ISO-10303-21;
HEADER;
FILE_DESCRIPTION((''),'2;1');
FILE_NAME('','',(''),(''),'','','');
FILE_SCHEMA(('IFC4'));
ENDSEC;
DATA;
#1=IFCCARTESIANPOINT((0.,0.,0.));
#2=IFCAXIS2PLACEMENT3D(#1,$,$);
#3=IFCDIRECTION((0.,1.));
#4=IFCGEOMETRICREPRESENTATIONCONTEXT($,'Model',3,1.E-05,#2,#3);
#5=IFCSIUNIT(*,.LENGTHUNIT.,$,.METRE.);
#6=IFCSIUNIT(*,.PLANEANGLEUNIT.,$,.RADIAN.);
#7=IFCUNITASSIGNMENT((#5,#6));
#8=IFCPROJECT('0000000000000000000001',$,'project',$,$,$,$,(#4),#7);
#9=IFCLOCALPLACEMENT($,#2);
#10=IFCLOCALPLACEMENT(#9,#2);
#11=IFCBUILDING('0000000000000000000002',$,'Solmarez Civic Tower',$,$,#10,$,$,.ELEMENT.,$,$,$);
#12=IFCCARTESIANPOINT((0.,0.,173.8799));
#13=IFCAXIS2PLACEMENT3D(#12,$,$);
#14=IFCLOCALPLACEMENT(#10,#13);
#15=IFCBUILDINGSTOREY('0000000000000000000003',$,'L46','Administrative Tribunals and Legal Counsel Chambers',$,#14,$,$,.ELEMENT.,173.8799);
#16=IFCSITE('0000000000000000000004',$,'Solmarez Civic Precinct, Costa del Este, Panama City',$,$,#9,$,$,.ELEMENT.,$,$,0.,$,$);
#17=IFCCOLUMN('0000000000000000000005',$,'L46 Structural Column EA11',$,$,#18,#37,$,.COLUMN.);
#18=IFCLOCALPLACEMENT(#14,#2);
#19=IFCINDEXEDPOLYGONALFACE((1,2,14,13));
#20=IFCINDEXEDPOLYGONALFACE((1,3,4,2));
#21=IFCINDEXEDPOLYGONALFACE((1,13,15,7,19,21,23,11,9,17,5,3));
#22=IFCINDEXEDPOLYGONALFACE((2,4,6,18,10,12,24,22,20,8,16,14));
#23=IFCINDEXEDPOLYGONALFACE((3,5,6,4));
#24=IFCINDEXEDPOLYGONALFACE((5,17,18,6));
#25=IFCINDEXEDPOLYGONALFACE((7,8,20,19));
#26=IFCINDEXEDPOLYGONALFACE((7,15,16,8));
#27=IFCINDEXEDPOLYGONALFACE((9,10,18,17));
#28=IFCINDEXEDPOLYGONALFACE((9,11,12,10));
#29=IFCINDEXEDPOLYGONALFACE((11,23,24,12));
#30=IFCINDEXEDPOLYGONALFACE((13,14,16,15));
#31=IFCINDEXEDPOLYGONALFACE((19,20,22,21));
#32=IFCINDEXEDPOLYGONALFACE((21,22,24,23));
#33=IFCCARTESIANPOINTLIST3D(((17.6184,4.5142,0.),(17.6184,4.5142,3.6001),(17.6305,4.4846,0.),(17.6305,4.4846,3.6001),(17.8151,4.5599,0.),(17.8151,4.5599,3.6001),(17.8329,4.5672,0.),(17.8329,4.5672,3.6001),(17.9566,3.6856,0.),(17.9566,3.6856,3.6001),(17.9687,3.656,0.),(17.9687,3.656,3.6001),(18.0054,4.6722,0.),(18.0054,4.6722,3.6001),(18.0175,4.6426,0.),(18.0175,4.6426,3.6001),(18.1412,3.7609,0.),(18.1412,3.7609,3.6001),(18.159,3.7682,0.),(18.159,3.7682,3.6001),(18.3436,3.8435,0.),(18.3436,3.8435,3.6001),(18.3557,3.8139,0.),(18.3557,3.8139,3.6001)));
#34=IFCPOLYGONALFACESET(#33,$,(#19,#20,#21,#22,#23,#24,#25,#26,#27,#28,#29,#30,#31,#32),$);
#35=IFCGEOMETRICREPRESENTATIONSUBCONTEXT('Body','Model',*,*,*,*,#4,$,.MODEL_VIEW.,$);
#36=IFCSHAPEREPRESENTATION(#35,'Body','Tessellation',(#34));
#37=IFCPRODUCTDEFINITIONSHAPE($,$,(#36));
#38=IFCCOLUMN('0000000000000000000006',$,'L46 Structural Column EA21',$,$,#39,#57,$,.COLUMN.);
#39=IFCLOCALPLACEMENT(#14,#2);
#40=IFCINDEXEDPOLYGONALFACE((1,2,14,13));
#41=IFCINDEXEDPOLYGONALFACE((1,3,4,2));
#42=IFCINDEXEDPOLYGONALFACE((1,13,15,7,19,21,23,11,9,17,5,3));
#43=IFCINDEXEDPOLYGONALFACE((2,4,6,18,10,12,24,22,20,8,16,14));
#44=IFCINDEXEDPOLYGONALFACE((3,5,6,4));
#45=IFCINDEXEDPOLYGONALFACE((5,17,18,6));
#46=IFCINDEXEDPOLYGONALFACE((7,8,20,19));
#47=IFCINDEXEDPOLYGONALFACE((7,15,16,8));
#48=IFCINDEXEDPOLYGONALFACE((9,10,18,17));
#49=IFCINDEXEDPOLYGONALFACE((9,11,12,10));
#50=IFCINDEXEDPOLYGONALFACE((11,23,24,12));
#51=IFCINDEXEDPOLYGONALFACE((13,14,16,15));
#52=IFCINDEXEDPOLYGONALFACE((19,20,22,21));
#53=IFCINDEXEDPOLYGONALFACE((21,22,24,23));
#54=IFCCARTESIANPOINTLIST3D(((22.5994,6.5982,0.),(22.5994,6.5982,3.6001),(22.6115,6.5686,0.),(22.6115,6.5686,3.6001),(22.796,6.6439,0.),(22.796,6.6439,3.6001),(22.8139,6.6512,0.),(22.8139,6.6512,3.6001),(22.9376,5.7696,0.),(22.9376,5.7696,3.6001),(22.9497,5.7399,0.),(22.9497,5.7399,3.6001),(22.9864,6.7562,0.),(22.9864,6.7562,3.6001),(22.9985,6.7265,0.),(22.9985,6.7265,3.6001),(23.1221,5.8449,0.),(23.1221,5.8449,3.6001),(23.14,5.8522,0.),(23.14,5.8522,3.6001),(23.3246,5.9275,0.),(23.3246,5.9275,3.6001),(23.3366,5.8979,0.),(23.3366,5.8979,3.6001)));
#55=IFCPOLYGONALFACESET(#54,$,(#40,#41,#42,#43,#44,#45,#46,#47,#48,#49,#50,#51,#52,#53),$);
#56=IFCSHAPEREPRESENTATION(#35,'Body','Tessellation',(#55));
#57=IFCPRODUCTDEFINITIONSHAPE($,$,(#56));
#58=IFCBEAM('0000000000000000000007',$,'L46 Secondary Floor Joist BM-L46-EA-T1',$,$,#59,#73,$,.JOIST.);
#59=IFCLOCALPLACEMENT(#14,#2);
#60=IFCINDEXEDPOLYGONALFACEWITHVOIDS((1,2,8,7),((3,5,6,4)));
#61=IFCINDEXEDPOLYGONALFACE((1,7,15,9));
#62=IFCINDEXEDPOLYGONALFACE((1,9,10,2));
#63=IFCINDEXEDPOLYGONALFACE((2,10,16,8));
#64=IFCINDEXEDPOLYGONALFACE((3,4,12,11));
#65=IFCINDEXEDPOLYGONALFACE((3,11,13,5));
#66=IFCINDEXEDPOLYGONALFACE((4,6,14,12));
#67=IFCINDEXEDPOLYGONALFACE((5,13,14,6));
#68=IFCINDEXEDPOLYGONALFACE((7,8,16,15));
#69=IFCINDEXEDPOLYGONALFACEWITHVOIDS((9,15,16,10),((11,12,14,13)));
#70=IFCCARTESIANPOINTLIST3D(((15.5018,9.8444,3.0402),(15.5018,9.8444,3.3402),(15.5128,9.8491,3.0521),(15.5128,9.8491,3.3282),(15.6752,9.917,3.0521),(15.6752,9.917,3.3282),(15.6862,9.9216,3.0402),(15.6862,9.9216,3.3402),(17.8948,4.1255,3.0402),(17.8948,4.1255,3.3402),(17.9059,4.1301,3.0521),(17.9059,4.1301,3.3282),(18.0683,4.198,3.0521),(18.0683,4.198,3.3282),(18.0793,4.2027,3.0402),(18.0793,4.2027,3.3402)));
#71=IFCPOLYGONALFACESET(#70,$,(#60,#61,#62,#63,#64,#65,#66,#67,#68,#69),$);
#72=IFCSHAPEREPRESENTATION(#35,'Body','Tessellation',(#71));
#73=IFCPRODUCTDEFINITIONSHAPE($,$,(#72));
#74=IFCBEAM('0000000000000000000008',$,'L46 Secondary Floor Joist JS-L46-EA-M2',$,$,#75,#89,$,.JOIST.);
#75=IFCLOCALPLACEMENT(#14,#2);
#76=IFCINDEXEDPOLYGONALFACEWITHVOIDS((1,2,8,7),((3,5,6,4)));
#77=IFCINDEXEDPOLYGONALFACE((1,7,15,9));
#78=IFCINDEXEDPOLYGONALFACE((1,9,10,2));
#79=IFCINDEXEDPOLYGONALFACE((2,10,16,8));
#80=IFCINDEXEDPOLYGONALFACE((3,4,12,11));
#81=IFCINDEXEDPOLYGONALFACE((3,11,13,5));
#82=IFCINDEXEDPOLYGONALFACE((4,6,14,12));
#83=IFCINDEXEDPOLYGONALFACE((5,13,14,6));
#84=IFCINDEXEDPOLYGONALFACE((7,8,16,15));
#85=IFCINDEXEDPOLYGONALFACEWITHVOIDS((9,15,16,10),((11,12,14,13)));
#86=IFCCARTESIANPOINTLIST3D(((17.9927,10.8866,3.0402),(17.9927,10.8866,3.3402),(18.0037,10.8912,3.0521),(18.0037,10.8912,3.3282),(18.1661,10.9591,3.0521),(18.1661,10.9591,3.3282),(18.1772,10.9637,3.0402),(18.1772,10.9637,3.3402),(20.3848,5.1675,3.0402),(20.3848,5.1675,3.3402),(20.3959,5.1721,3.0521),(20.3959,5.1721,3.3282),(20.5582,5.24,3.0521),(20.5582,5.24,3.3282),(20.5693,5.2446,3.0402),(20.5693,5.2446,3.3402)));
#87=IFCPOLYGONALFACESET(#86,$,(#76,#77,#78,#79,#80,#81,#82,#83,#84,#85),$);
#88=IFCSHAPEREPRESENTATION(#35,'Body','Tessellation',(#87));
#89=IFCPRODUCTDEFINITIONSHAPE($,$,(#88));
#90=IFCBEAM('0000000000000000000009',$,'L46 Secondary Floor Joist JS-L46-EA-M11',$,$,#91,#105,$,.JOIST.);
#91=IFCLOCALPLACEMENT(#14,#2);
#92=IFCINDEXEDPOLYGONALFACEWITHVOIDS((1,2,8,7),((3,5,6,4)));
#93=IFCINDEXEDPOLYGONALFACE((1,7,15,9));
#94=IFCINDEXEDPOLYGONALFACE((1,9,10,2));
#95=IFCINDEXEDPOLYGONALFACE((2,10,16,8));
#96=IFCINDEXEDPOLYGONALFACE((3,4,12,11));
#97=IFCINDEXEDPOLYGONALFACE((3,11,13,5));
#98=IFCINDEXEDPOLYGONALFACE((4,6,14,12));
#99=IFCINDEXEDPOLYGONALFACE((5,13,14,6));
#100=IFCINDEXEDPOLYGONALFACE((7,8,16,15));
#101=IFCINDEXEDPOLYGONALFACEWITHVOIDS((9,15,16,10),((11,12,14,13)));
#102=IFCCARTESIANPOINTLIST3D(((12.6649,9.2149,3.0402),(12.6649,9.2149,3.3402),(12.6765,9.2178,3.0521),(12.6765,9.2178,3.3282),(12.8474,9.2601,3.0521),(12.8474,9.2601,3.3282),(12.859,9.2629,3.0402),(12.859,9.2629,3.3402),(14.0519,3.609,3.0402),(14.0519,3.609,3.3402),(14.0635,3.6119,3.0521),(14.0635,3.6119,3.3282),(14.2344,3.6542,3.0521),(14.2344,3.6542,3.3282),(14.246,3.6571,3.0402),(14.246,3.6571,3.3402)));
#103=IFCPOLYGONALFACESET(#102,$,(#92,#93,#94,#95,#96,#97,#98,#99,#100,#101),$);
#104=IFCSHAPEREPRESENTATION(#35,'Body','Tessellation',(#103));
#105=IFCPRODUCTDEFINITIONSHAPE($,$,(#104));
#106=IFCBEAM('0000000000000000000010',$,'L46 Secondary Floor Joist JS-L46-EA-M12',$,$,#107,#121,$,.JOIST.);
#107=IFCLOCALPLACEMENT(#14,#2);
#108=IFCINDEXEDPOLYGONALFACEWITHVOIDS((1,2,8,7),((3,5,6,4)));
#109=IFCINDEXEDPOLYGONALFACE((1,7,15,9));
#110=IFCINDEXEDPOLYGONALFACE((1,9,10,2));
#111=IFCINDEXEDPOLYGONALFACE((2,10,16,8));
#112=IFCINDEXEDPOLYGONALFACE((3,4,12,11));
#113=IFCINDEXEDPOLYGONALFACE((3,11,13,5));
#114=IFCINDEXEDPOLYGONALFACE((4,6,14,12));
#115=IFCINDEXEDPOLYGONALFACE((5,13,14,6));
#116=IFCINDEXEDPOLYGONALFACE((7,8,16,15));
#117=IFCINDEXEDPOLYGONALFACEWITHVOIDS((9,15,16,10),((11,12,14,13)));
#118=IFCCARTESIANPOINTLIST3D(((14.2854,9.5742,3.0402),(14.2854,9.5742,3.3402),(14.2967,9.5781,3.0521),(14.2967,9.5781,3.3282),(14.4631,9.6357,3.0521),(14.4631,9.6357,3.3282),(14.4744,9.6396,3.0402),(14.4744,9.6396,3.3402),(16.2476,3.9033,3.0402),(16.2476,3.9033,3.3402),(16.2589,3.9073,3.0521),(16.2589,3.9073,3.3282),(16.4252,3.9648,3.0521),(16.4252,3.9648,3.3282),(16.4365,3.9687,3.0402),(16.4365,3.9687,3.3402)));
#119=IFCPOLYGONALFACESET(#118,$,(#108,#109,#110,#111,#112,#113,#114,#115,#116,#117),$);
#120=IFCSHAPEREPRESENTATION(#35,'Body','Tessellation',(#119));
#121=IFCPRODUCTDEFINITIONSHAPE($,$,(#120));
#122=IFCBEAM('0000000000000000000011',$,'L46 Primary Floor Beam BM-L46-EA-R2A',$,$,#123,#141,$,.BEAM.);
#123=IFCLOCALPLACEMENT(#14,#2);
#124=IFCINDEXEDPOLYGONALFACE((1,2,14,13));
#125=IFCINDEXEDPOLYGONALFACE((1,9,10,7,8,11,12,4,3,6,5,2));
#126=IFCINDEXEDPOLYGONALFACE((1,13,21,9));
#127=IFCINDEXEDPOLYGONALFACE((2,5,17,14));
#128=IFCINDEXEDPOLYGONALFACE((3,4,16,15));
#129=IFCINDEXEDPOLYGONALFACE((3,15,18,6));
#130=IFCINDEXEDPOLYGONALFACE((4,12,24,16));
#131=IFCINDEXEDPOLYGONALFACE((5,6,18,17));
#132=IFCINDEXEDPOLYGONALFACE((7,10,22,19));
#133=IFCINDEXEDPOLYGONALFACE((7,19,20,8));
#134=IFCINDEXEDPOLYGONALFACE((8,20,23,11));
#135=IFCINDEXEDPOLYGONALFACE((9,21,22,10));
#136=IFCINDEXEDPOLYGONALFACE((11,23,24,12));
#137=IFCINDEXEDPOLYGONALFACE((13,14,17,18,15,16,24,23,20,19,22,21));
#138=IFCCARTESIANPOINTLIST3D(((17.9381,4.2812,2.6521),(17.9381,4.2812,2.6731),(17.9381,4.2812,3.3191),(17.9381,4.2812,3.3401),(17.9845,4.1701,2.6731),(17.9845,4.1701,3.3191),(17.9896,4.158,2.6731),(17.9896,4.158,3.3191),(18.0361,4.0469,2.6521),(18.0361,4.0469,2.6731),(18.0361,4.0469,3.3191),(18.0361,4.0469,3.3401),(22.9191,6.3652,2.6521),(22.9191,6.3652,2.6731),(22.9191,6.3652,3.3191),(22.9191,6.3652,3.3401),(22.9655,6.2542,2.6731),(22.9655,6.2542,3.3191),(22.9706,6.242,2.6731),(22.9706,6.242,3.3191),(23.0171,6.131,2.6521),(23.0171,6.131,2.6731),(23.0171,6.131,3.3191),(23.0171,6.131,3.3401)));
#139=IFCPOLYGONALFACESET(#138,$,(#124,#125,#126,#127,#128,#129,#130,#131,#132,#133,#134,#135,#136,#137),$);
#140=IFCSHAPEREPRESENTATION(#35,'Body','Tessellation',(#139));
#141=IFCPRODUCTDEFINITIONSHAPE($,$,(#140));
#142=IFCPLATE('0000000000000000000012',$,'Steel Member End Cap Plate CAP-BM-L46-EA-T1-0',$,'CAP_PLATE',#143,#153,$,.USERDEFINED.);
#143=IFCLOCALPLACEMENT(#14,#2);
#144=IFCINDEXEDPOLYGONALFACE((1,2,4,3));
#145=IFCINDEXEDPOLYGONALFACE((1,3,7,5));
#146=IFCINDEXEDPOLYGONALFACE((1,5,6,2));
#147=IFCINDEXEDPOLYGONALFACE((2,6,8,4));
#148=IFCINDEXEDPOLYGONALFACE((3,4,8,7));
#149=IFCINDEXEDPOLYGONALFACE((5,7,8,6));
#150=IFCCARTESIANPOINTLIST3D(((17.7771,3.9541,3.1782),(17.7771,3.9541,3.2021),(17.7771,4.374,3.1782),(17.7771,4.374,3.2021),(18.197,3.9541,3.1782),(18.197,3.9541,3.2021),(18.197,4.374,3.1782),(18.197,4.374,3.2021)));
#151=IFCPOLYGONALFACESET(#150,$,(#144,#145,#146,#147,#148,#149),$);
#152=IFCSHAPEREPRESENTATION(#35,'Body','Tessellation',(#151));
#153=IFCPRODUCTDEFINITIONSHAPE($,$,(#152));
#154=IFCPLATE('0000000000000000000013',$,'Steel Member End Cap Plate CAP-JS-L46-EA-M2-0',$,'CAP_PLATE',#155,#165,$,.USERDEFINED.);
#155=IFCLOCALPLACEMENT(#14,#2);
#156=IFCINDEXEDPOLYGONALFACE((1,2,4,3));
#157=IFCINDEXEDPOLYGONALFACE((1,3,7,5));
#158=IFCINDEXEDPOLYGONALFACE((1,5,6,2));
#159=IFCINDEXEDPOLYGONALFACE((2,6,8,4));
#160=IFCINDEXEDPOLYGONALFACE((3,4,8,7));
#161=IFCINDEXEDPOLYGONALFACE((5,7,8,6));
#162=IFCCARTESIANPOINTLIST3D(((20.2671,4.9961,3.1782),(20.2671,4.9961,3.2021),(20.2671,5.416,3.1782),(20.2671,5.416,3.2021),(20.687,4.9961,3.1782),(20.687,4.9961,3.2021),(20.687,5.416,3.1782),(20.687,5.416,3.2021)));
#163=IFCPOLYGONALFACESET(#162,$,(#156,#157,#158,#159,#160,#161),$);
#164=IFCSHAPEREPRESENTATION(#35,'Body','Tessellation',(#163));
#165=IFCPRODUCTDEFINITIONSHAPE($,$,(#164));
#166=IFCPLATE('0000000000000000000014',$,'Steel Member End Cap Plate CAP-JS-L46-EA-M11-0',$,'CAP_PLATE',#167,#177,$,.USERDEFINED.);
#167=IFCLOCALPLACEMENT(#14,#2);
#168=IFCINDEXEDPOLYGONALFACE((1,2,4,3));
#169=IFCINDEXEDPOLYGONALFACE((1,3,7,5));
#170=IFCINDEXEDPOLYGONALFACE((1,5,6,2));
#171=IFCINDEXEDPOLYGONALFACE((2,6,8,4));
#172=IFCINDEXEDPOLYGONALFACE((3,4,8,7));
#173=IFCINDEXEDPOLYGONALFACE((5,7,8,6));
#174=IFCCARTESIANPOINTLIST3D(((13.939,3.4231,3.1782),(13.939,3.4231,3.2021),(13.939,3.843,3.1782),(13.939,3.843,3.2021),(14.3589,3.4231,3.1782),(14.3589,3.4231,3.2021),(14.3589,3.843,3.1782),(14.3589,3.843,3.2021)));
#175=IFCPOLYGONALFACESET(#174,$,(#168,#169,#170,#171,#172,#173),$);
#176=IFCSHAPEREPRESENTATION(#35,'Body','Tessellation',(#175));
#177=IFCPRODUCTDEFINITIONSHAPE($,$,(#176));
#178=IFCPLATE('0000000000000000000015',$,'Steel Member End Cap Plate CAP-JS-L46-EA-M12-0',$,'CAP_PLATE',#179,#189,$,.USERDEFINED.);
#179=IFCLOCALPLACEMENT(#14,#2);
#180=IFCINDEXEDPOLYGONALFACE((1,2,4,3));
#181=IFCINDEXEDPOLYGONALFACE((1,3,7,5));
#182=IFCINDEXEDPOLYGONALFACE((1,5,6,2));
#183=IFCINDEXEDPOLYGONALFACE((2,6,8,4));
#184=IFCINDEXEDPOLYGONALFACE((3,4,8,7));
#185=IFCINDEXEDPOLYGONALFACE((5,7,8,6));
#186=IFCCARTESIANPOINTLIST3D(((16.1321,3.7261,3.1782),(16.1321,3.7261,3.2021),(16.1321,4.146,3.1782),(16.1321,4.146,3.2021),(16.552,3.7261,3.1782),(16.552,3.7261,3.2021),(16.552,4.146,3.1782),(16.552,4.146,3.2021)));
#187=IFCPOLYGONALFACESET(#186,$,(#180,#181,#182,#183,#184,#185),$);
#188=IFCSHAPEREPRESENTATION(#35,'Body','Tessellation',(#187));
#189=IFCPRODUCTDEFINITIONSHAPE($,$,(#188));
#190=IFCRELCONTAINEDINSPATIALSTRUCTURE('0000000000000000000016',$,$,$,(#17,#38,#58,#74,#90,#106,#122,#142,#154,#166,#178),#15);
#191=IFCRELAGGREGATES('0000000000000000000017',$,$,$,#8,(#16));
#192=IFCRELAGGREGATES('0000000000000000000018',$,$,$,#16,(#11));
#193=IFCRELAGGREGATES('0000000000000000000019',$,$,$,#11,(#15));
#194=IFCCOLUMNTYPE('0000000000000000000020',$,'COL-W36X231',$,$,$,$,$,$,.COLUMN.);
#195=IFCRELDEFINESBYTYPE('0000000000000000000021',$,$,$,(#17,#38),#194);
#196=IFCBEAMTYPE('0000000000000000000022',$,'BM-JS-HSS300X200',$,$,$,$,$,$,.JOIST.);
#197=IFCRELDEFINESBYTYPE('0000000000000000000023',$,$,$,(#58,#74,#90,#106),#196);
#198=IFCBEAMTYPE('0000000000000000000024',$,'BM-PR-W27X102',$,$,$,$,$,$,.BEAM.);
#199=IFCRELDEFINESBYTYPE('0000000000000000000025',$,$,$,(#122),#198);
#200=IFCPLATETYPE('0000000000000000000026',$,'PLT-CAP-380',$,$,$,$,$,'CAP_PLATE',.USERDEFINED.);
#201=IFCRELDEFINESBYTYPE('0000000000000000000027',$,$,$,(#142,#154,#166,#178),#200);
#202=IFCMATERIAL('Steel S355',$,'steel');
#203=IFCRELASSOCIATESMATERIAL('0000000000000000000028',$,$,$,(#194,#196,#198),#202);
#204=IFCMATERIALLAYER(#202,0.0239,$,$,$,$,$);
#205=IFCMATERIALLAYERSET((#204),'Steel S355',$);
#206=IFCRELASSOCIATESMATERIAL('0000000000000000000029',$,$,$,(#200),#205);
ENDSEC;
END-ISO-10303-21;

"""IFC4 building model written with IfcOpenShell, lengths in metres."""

from ifc_helpers import new_model, si_unit, direction, frame, origin, origin_2d, place, context, subcontext, project, spatial, rectangle, hollow_rectangle, i_section, extrude, material, layer, layer_set, material_profile, profile_set, type_object, element, save


model = new_model("IFC4")

# Units and contexts
model_context = context("Model", 3, precision=1e-05, world=origin(), true_north=direction((0.0, 1.0)))
body_context = subcontext(model_context, "Body", "Model", "MODEL_VIEW")
ifc_project = project(units=[si_unit("LENGTHUNIT", "METRE"), si_unit("PLANEANGLEUNIT", "RADIAN")], contexts=[model_context])

# Site, building, storey
site_placement = place(None, origin())
site = spatial("IfcSite", under=ifc_project, at=site_placement, Name="Solmarez Civic Precinct, Costa del Este, Panama City", CompositionType="ELEMENT", RefElevation=0.0)
building_placement = place(site_placement, origin())
building = spatial("IfcBuilding", under=site, at=building_placement, Name="Solmarez Civic Tower", CompositionType="ELEMENT")
storey_placement = place(building_placement, frame((0.0, 0.0, 173.8799)))
storey = spatial("IfcBuildingStorey", under=building, at=storey_placement, Name="L46", Description="Administrative Tribunals and Legal Counsel Chambers", CompositionType="ELEMENT", Elevation=173.8799)

# Columns
ifc_material_1 = material(Name="Steel S355", Category="steel")
ifc_material_profile_1 = material_profile(ifc_material_1, i_section(OverallWidth=0.418, OverallDepth=0.927, WebThickness=0.0193, FlangeThickness=0.032, at=origin_2d()), Name="W36X231")
ifc_profile_set_1 = profile_set([ifc_material_profile_1], Name="Steel S355")
column_type = type_object("IfcColumnType", Name="COL-W36X231", PredefinedType="COLUMN", material=ifc_profile_set_1)
for number, where, z_axis, x_axis, name in (
    (1, (17.9871, 4.1641, 0.0), (0.0, 0.0, 1.0), (0.925871, 0.377841, 0.0), "L46 Structural Column EA11"),
    (2, (22.968, 6.248, 0.0), (0.0, 0.0, 1.0), (0.925871, 0.377841, 0.0), "L46 Structural Column EA21"),
):
    element("IfcColumn", number, at=place(storey_placement, frame(where, z_axis=z_axis, x_axis=x_axis)), inside=storey, type_object=column_type, Name=name, PredefinedType="COLUMN", context=body_context, shape_type="SweptSolid", body=[
        extrude(i_section(OverallWidth=0.418, OverallDepth=0.927, WebThickness=0.0193, FlangeThickness=0.032, at=origin_2d()), origin(), (0.0, 0.0, 1.0), 3.6001),
    ])

# Beams
ifc_material_profile_2 = material_profile(ifc_material_1, hollow_rectangle(XDim=0.2, YDim=0.3, WallThickness=0.012, at=origin_2d()), Name="HSS300X200X12")
ifc_profile_set_2 = profile_set([ifc_material_profile_2], Name="Steel S355")
beam_type_1 = type_object("IfcBeamType", Name="BM-JS-HSS300X200", PredefinedType="JOIST", material=ifc_profile_set_2)
beam_1_placement = place(storey_placement, frame((17.9871, 4.1641, 3.1902), z_axis=(-0.38601, 0.922494, 0.0), x_axis=(-0.922494, -0.38601, 0.0)))
element("IfcBeam", 3, at=beam_1_placement, inside=storey, type_object=beam_type_1, Name="L46 Secondary Floor Joist BM-L46-EA-T1", PredefinedType="JOIST", context=body_context, shape_type="SweptSolid", body=[
    extrude(hollow_rectangle(XDim=0.2, YDim=0.3, WallThickness=0.012, at=origin_2d()), origin(), (0.0, 0.0, 1.0), 6.1995),
])
beam_2_placement = place(storey_placement, frame((20.4771, 5.2061, 3.1902), z_axis=(-0.385876, 0.922551, 0.0), x_axis=(-0.922551, -0.385876, 0.0)))
element("IfcBeam", 4, at=beam_2_placement, inside=storey, type_object=beam_type_1, Name="L46 Secondary Floor Joist JS-L46-EA-M2", PredefinedType="JOIST", context=body_context, shape_type="SweptSolid", body=[
    extrude(hollow_rectangle(XDim=0.2, YDim=0.3, WallThickness=0.012, at=origin_2d()), origin(), (0.0, 0.0, 1.0), 6.1992),
])
beam_3_placement = place(storey_placement, frame((14.1489, 3.6331, 3.1902), z_axis=(-0.240167, 0.970731, 0.0), x_axis=(-0.970731, -0.240167, 0.0)))
element("IfcBeam", 5, at=beam_3_placement, inside=storey, type_object=beam_type_1, Name="L46 Secondary Floor Joist JS-L46-EA-M11", PredefinedType="JOIST", context=body_context, shape_type="SweptSolid", body=[
    extrude(hollow_rectangle(XDim=0.2, YDim=0.3, WallThickness=0.012, at=origin_2d()), origin(), (0.0, 0.0, 1.0), 5.7749),
])
beam_4_placement = place(storey_placement, frame((16.342, 3.936, 3.1902), z_axis=(-0.326985, 0.94503, 0.0), x_axis=(-0.94503, -0.326985, 0.0)))
element("IfcBeam", 6, at=beam_4_placement, inside=storey, type_object=beam_type_1, Name="L46 Secondary Floor Joist JS-L46-EA-M12", PredefinedType="JOIST", context=body_context, shape_type="SweptSolid", body=[
    extrude(hollow_rectangle(XDim=0.2, YDim=0.3, WallThickness=0.012, at=origin_2d()), origin(), (0.0, 0.0, 1.0), 6.0007),
])
ifc_material_profile_3 = material_profile(ifc_material_1, i_section(OverallWidth=0.2539, OverallDepth=0.688, WebThickness=0.0132, FlangeThickness=0.021, at=origin_2d()), Name="W27X102")
ifc_profile_set_3 = profile_set([ifc_material_profile_3], Name="Steel S355")
beam_type_2 = type_object("IfcBeamType", Name="BM-PR-W27X102", PredefinedType="BEAM", material=ifc_profile_set_3)
beam_5_placement = place(storey_placement, frame((17.9871, 4.1641, 2.9961), z_axis=(0.922511, 0.38597, 0.0), x_axis=(-0.38597, 0.922511, 0.0)))
element("IfcBeam", 7, at=beam_5_placement, inside=storey, type_object=beam_type_2, Name="L46 Primary Floor Beam BM-L46-EA-R2A", PredefinedType="BEAM", context=body_context, shape_type="SweptSolid", body=[
    extrude(i_section(OverallWidth=0.2539, OverallDepth=0.688, WebThickness=0.0132, FlangeThickness=0.021, at=origin_2d()), origin(), (0.0, 0.0, 1.0), 5.3994),
])

# Plates
ifc_layer_1 = layer(ifc_material_1, 0.0239)
ifc_layer_set_1 = layer_set([ifc_layer_1], Name="Steel S355")
plate_type = type_object("IfcPlateType", Name="PLT-CAP-380", ElementType="CAP_PLATE", PredefinedType="USERDEFINED", material=ifc_layer_set_1)
for number, where, z_axis, x_axis, name in (
    (8, (17.9871, 4.1641, 3.1782), (0.0, 0.0, 1.0), (1.0, 0.0, 0.0), "Steel Member End Cap Plate CAP-BM-L46-EA-T1-0"),
    (9, (20.4771, 5.2061, 3.1782), (0.0, 0.0, 1.0), (1.0, 0.0, 0.0), "Steel Member End Cap Plate CAP-JS-L46-EA-M2-0"),
    (10, (14.1489, 3.6331, 3.1782), (0.0, 0.0, 1.0), (1.0, 0.0, 0.0), "Steel Member End Cap Plate CAP-JS-L46-EA-M11-0"),
    (11, (16.342, 3.936, 3.1782), (0.0, 0.0, 1.0), (1.0, 0.0, 0.0), "Steel Member End Cap Plate CAP-JS-L46-EA-M12-0"),
):
    element("IfcPlate", number, at=place(storey_placement, frame(where, z_axis=z_axis, x_axis=x_axis)), inside=storey, type_object=plate_type, Name=name, ObjectType="CAP_PLATE", PredefinedType="USERDEFINED", context=body_context, shape_type="SweptSolid", body=[
        extrude(rectangle(XDim=0.4199, YDim=0.4199, at=origin_2d()), origin(), (0.0, 0.0, 1.0), 0.0239),
    ])

save(model, "model.ifc")
